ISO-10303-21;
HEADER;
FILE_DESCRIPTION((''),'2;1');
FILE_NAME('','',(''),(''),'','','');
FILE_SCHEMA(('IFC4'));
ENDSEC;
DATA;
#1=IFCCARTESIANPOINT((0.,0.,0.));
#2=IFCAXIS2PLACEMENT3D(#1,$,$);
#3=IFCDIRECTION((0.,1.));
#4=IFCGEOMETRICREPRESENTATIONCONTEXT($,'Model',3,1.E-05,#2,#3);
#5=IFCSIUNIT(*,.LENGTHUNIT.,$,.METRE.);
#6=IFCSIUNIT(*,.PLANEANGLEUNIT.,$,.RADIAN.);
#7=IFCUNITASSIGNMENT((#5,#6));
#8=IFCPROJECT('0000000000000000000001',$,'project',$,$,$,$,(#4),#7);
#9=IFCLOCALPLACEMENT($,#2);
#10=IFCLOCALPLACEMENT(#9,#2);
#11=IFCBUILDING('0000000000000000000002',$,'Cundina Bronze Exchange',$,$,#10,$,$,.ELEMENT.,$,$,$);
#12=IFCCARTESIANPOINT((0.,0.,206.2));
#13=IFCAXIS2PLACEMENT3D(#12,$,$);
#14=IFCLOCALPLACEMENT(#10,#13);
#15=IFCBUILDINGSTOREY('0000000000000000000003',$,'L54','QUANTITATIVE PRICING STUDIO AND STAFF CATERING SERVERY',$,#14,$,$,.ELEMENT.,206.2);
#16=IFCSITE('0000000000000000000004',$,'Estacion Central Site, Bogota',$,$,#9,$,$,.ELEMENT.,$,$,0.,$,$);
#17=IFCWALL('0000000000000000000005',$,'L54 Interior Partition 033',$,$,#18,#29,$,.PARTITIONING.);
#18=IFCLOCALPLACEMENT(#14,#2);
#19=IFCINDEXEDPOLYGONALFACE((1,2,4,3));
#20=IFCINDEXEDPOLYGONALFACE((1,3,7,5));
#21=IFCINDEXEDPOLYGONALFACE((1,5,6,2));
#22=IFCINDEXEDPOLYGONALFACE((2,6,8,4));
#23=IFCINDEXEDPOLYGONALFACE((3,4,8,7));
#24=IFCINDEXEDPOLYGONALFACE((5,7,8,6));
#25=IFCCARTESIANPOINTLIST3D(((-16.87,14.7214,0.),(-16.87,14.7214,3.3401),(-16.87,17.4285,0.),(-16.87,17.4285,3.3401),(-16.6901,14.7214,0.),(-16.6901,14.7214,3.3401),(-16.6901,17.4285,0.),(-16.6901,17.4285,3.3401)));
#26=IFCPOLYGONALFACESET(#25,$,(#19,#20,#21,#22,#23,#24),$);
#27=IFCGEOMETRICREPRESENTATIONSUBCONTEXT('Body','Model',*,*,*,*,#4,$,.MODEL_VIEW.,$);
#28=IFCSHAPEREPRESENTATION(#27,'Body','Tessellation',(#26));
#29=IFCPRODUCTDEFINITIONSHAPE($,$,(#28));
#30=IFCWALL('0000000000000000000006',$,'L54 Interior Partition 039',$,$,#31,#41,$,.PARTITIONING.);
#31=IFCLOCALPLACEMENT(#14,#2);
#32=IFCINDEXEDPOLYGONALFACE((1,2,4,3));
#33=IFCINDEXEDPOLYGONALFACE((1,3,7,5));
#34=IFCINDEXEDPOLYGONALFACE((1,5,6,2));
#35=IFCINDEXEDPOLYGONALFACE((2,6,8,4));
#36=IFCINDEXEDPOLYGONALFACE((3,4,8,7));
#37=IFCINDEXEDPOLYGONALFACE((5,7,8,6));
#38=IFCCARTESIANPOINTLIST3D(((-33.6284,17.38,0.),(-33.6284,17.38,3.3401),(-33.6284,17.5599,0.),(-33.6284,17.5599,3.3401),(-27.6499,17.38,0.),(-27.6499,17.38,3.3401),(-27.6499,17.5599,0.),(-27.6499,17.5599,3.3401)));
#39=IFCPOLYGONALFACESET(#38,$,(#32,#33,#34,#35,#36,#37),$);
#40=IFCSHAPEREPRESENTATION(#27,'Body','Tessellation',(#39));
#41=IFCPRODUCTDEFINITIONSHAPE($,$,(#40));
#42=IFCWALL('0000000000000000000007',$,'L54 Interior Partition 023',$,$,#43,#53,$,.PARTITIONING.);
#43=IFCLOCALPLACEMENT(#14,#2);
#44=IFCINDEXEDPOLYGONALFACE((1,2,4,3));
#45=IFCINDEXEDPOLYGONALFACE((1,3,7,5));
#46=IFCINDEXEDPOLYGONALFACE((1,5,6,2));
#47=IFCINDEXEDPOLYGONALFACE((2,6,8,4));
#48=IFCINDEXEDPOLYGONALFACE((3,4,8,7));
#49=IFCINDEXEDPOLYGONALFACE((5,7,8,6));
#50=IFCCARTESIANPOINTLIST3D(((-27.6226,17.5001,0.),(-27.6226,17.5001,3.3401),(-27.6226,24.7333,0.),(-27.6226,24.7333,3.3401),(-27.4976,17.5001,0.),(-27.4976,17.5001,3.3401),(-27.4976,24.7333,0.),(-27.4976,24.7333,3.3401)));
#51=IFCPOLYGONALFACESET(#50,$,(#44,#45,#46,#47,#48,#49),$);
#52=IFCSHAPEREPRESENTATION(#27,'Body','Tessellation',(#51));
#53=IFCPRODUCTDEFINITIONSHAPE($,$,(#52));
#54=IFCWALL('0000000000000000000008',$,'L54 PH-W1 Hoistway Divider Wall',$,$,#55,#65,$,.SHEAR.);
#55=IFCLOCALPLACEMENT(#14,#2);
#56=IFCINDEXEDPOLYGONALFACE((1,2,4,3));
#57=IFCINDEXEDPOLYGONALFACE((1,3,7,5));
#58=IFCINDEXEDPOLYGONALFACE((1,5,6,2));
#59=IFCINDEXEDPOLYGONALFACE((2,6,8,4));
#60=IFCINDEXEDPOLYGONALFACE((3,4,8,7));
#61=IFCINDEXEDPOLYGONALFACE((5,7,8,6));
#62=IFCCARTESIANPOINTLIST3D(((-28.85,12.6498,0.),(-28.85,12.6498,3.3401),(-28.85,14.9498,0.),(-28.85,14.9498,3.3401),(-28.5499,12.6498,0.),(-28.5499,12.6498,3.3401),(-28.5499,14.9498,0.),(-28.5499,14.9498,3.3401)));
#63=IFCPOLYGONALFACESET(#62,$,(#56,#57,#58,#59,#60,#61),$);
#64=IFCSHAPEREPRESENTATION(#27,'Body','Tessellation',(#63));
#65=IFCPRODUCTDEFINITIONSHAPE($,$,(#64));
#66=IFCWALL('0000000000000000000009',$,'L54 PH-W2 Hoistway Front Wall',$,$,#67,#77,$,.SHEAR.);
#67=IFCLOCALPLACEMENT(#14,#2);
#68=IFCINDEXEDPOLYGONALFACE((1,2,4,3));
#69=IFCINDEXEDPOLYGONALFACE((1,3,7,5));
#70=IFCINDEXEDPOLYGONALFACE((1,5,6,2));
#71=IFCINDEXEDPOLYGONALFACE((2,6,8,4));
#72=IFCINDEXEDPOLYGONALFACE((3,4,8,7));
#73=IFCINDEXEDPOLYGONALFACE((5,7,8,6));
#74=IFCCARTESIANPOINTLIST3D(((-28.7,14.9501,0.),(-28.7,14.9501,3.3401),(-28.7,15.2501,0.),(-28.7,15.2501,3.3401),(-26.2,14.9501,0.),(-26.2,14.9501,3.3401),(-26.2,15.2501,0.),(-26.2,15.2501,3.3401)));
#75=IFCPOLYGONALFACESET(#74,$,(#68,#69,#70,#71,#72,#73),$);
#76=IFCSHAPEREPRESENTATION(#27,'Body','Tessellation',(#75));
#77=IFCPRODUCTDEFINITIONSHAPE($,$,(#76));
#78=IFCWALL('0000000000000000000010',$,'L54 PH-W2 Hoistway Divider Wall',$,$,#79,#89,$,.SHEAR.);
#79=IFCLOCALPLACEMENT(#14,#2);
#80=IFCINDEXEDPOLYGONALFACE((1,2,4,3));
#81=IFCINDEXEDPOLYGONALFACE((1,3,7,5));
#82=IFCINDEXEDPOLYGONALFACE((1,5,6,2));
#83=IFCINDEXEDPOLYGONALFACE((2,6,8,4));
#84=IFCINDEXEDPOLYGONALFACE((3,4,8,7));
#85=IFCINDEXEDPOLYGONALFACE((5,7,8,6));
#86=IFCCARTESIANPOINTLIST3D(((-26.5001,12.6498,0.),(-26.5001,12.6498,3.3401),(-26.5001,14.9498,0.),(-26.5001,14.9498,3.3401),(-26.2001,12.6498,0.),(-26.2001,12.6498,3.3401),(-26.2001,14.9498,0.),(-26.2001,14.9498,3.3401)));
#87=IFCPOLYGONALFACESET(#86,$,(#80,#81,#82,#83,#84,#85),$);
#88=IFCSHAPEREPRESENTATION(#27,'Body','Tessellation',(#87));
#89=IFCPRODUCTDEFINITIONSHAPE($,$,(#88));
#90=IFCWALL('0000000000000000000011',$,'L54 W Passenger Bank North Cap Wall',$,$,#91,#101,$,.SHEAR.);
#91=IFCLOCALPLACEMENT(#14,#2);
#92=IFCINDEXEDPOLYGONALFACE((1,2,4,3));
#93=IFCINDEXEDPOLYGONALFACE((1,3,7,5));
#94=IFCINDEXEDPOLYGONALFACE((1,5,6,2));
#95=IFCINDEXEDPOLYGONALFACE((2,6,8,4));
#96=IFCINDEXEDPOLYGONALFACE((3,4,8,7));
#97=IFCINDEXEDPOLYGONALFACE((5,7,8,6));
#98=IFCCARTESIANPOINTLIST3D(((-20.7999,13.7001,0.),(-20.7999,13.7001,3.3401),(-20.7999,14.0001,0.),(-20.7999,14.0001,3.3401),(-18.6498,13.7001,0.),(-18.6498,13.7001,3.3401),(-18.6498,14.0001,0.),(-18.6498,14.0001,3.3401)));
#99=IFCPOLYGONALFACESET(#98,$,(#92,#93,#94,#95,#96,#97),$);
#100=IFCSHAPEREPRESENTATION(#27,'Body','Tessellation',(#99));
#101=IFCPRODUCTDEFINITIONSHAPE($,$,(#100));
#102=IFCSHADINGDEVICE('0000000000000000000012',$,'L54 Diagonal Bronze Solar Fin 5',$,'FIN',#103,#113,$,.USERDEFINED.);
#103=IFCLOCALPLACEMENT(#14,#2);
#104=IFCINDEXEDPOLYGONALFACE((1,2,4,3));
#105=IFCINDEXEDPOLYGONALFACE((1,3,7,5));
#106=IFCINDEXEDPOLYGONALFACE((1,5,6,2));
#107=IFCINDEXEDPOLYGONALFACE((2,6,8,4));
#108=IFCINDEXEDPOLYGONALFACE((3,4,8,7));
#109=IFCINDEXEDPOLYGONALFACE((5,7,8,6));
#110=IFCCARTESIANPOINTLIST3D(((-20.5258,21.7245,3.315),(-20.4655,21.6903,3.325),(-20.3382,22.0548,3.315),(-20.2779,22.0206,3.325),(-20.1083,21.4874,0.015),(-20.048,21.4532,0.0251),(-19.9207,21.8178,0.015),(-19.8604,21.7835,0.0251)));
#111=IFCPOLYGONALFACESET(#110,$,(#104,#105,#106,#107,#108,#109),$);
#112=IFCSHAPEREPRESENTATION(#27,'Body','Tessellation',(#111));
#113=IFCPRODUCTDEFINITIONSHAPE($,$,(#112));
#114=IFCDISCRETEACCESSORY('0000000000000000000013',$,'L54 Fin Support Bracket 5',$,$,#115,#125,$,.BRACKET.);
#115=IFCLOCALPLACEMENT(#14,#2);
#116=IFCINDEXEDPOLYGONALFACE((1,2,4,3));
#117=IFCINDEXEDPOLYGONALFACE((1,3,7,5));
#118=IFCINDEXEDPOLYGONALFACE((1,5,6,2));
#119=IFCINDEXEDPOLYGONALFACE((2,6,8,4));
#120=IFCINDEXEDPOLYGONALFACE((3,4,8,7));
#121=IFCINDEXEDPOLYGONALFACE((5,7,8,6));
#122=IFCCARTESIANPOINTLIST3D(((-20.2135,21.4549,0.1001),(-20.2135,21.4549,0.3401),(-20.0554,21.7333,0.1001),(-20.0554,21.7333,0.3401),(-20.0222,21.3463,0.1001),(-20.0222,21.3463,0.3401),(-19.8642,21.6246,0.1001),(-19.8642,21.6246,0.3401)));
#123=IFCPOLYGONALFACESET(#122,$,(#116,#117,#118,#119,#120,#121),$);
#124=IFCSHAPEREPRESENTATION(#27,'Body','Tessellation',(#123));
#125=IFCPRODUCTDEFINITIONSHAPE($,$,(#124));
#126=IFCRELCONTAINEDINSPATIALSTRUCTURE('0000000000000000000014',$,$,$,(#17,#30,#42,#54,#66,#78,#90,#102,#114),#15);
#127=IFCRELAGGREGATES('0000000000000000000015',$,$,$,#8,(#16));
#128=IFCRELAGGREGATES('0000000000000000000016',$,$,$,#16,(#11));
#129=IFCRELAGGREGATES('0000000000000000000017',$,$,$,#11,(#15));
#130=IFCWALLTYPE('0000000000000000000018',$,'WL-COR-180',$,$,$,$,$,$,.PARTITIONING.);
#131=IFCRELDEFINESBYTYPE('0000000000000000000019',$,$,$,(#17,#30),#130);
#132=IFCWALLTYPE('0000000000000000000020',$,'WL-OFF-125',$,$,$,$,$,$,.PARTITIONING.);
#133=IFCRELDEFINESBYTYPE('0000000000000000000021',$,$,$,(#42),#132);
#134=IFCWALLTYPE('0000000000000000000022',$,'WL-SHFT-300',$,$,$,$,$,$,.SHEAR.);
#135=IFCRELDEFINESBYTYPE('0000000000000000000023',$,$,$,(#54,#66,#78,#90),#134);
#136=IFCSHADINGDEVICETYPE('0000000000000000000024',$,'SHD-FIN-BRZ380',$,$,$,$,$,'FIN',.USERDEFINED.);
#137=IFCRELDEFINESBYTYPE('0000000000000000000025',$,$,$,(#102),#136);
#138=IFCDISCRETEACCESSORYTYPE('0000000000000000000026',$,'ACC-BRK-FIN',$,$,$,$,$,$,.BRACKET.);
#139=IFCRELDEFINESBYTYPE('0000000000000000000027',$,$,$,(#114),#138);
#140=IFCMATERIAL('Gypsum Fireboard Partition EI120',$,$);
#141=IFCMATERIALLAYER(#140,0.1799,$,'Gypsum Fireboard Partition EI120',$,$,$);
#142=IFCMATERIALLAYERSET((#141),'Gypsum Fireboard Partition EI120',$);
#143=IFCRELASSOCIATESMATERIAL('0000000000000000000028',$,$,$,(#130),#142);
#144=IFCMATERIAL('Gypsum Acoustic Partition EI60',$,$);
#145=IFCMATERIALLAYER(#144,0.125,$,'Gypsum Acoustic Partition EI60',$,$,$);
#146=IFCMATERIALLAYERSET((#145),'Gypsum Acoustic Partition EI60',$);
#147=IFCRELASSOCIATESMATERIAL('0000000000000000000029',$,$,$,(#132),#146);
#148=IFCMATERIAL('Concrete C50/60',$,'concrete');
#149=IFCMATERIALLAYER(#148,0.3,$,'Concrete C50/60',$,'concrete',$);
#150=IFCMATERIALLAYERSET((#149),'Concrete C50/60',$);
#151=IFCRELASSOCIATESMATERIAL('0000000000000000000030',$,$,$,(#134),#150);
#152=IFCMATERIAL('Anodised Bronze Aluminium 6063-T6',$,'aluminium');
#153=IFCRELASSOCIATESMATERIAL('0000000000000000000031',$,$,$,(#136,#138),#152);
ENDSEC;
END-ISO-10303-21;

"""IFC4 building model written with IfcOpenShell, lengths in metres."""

from ifc_helpers import new_model, si_unit, direction, frame, frame_2d, origin, origin_2d, place, context, subcontext, project, spatial, rectangle, extrude, material, layer, layer_set, material_profile, profile_set, type_object, element, save


model = new_model("IFC4")

# Units and contexts
model_context = context("Model", 3, precision=1e-05, world=origin(), true_north=direction((0.0, 1.0)))
body_context = subcontext(model_context, "Body", "Model", "MODEL_VIEW")
ifc_project = project(units=[si_unit("LENGTHUNIT", "METRE"), si_unit("PLANEANGLEUNIT", "RADIAN")], contexts=[model_context])

# Site, building, storey
site_placement = place(None, origin())
site = spatial("IfcSite", under=ifc_project, at=site_placement, Name="Estacion Central Site, Bogota", CompositionType="ELEMENT", RefElevation=0.0)
building_placement = place(site_placement, origin())
building = spatial("IfcBuilding", under=site, at=building_placement, Name="Cundina Bronze Exchange", CompositionType="ELEMENT")
storey_placement = place(building_placement, frame((0.0, 0.0, 206.2)))
storey = spatial("IfcBuildingStorey", under=building, at=storey_placement, Name="L54", Description="QUANTITATIVE PRICING STUDIO AND STAFF CATERING SERVERY", CompositionType="ELEMENT", Elevation=206.2)

# Shared definitions
ifc_material_1 = material(Name="Concrete C50/60", Category="concrete")

# Shared definitions
ifc_material_2 = material(Name="Anodised Bronze Aluminium 6063-T6", Category="aluminium")

# Shared definitions
ifc_material_3 = material(Name="Gypsum Fireboard Partition EI120")
ifc_layer_1 = layer(ifc_material_3, 0.1799, Name="Gypsum Fireboard Partition EI120")
ifc_layer_set_1 = layer_set([ifc_layer_1], Name="Gypsum Fireboard Partition EI120")
wall_type_1 = type_object("IfcWallType", Name="WL-COR-180", PredefinedType="PARTITIONING", material=ifc_layer_set_1)

# Walls
wall_1_placement = place(storey_placement, frame((-16.78, 14.7214, 0.0), z_axis=(0.0, 0.0, 1.0), x_axis=(0.0, 1.0, 0.0)))
element("IfcWall", 1, at=wall_1_placement, inside=storey, type_object=wall_type_1, Name="L54 Interior Partition 033", PredefinedType="PARTITIONING", context=body_context, shape_type="SweptSolid", body=[
    extrude(rectangle(XDim=2.707, YDim=0.1799, at=frame_2d((1.3535, 0.0))), origin(), (0.0, 0.0, 1.0), 3.3401),
])
wall_2_placement = place(storey_placement, frame((-27.6499, 17.47, 0.0), z_axis=(0.0, 0.0, 1.0), x_axis=(-1.0, 0.0, 0.0)))
element("IfcWall", 2, at=wall_2_placement, inside=storey, type_object=wall_type_1, Name="L54 Interior Partition 039", PredefinedType="PARTITIONING", context=body_context, shape_type="SweptSolid", body=[
    extrude(rectangle(XDim=5.9785, YDim=0.1799, at=frame_2d((2.9893, 0.0))), origin(), (0.0, 0.0, 1.0), 3.3401),
])
ifc_material_4 = material(Name="Gypsum Acoustic Partition EI60")
ifc_layer_2 = layer(ifc_material_4, 0.125, Name="Gypsum Acoustic Partition EI60")
ifc_layer_set_2 = layer_set([ifc_layer_2], Name="Gypsum Acoustic Partition EI60")
wall_type_2 = type_object("IfcWallType", Name="WL-OFF-125", PredefinedType="PARTITIONING", material=ifc_layer_set_2)
wall_3_placement = place(storey_placement, frame((-27.5601, 17.5, 0.0), z_axis=(0.0, 0.0, 1.0), x_axis=(0.0, 1.0, 0.0)))
element("IfcWall", 3, at=wall_3_placement, inside=storey, type_object=wall_type_2, Name="L54 Interior Partition 023", PredefinedType="PARTITIONING", context=body_context, shape_type="SweptSolid", body=[
    extrude(rectangle(XDim=7.2332, YDim=0.125, at=frame_2d((3.6167, 0.0))), origin(), (0.0, 0.0, 1.0), 3.3401),
])
ifc_layer_3 = layer(ifc_material_1, 0.3, Name="Concrete C50/60", Category="concrete")
ifc_layer_set_3 = layer_set([ifc_layer_3], Name="Concrete C50/60")
wall_type_3 = type_object("IfcWallType", Name="WL-SHFT-300", PredefinedType="SHEAR", material=ifc_layer_set_3)
wall_4_placement = place(storey_placement, frame((-28.7, 12.6499, 0.0), z_axis=(0.0, 0.0, 1.0), x_axis=(0.0, 1.0, 0.0)))
element("IfcWall", 4, at=wall_4_placement, inside=storey, type_object=wall_type_3, Name="L54 PH-W1 Hoistway Divider Wall", PredefinedType="SHEAR", context=body_context, shape_type="SweptSolid", body=[
    extrude(rectangle(XDim=2.3, YDim=0.3, at=frame_2d((1.1499, 0.0))), origin(), (0.0, 0.0, 1.0), 3.3401),
])
wall_5_placement = place(storey_placement, frame((-28.7, 15.1001, 0.0), z_axis=(0.0, 0.0, 1.0), x_axis=(1.0, 0.0, 0.0)))
element("IfcWall", 5, at=wall_5_placement, inside=storey, type_object=wall_type_3, Name="L54 PH-W2 Hoistway Front Wall", PredefinedType="SHEAR", context=body_context, shape_type="SweptSolid", body=[
    extrude(rectangle(XDim=2.5, YDim=0.3, at=frame_2d((1.25, 0.0))), origin(), (0.0, 0.0, 1.0), 3.3401),
])
wall_6_placement = place(storey_placement, frame((-26.3501, 12.6499, 0.0), z_axis=(0.0, 0.0, 1.0), x_axis=(0.0, 1.0, 0.0)))
element("IfcWall", 6, at=wall_6_placement, inside=storey, type_object=wall_type_3, Name="L54 PH-W2 Hoistway Divider Wall", PredefinedType="SHEAR", context=body_context, shape_type="SweptSolid", body=[
    extrude(rectangle(XDim=2.3, YDim=0.3, at=frame_2d((1.1499, 0.0))), origin(), (0.0, 0.0, 1.0), 3.3401),
])
wall_7_placement = place(storey_placement, frame((-20.8, 13.8501, 0.0), z_axis=(0.0, 0.0, 1.0), x_axis=(1.0, 0.0, 0.0)))
element("IfcWall", 7, at=wall_7_placement, inside=storey, type_object=wall_type_3, Name="L54 W Passenger Bank North Cap Wall", PredefinedType="SHEAR", context=body_context, shape_type="SweptSolid", body=[
    extrude(rectangle(XDim=2.1501, YDim=0.3, at=frame_2d((1.0752, 0.0))), origin(), (0.0, 0.0, 1.0), 3.3401),
])

# Shading device
ifc_material_profile_1 = material_profile(ifc_material_2, rectangle(XDim=0.0701, YDim=0.3799, at=origin_2d()), Name="FIN70X380", Category="aluminium")
ifc_profile_set_1 = profile_set([ifc_material_profile_1], Name="Anodised Bronze Aluminium 6063-T6")
shading_device_type = type_object("IfcShadingDeviceType", Name="SHD-FIN-BRZ380", ElementType="FIN", PredefinedType="USERDEFINED", material=ifc_profile_set_1)
shading_device_placement = place(storey_placement, frame((-19.9844, 21.6355, 0.02), z_axis=(-0.12519, 0.071087, 0.989583), x_axis=(0.860527, -0.488638, 0.143965)))
element("IfcShadingDevice", 8, at=shading_device_placement, inside=storey, type_object=shading_device_type, Name="L54 Diagonal Bronze Solar Fin 5", ObjectType="FIN", PredefinedType="USERDEFINED", context=body_context, shape_type="SweptSolid", body=[
    extrude(rectangle(XDim=0.0701, YDim=0.3799, at=origin_2d()), origin(), (0.0, 0.0, 1.0), 3.3347),
])

# Discrete accessory
discrete_accessory_type = type_object("IfcDiscreteAccessoryType", Name="ACC-BRK-FIN", PredefinedType="BRACKET", material=ifc_material_2)
discrete_accessory_placement = place(storey_placement, frame((-20.0388, 21.5398, 0.1001), z_axis=(0.0, 0.0, 1.0), x_axis=(-0.869573, 0.493805, 0.0)))
element("IfcDiscreteAccessory", 9, at=discrete_accessory_placement, inside=storey, type_object=discrete_accessory_type, Name="L54 Fin Support Bracket 5", PredefinedType="BRACKET", context=body_context, shape_type="SweptSolid", body=[
    extrude(rectangle(XDim=0.22, YDim=0.3201, at=origin_2d()), origin(), (0.0, 0.0, 1.0), 0.24),
])

save(model, "model.ifc")
